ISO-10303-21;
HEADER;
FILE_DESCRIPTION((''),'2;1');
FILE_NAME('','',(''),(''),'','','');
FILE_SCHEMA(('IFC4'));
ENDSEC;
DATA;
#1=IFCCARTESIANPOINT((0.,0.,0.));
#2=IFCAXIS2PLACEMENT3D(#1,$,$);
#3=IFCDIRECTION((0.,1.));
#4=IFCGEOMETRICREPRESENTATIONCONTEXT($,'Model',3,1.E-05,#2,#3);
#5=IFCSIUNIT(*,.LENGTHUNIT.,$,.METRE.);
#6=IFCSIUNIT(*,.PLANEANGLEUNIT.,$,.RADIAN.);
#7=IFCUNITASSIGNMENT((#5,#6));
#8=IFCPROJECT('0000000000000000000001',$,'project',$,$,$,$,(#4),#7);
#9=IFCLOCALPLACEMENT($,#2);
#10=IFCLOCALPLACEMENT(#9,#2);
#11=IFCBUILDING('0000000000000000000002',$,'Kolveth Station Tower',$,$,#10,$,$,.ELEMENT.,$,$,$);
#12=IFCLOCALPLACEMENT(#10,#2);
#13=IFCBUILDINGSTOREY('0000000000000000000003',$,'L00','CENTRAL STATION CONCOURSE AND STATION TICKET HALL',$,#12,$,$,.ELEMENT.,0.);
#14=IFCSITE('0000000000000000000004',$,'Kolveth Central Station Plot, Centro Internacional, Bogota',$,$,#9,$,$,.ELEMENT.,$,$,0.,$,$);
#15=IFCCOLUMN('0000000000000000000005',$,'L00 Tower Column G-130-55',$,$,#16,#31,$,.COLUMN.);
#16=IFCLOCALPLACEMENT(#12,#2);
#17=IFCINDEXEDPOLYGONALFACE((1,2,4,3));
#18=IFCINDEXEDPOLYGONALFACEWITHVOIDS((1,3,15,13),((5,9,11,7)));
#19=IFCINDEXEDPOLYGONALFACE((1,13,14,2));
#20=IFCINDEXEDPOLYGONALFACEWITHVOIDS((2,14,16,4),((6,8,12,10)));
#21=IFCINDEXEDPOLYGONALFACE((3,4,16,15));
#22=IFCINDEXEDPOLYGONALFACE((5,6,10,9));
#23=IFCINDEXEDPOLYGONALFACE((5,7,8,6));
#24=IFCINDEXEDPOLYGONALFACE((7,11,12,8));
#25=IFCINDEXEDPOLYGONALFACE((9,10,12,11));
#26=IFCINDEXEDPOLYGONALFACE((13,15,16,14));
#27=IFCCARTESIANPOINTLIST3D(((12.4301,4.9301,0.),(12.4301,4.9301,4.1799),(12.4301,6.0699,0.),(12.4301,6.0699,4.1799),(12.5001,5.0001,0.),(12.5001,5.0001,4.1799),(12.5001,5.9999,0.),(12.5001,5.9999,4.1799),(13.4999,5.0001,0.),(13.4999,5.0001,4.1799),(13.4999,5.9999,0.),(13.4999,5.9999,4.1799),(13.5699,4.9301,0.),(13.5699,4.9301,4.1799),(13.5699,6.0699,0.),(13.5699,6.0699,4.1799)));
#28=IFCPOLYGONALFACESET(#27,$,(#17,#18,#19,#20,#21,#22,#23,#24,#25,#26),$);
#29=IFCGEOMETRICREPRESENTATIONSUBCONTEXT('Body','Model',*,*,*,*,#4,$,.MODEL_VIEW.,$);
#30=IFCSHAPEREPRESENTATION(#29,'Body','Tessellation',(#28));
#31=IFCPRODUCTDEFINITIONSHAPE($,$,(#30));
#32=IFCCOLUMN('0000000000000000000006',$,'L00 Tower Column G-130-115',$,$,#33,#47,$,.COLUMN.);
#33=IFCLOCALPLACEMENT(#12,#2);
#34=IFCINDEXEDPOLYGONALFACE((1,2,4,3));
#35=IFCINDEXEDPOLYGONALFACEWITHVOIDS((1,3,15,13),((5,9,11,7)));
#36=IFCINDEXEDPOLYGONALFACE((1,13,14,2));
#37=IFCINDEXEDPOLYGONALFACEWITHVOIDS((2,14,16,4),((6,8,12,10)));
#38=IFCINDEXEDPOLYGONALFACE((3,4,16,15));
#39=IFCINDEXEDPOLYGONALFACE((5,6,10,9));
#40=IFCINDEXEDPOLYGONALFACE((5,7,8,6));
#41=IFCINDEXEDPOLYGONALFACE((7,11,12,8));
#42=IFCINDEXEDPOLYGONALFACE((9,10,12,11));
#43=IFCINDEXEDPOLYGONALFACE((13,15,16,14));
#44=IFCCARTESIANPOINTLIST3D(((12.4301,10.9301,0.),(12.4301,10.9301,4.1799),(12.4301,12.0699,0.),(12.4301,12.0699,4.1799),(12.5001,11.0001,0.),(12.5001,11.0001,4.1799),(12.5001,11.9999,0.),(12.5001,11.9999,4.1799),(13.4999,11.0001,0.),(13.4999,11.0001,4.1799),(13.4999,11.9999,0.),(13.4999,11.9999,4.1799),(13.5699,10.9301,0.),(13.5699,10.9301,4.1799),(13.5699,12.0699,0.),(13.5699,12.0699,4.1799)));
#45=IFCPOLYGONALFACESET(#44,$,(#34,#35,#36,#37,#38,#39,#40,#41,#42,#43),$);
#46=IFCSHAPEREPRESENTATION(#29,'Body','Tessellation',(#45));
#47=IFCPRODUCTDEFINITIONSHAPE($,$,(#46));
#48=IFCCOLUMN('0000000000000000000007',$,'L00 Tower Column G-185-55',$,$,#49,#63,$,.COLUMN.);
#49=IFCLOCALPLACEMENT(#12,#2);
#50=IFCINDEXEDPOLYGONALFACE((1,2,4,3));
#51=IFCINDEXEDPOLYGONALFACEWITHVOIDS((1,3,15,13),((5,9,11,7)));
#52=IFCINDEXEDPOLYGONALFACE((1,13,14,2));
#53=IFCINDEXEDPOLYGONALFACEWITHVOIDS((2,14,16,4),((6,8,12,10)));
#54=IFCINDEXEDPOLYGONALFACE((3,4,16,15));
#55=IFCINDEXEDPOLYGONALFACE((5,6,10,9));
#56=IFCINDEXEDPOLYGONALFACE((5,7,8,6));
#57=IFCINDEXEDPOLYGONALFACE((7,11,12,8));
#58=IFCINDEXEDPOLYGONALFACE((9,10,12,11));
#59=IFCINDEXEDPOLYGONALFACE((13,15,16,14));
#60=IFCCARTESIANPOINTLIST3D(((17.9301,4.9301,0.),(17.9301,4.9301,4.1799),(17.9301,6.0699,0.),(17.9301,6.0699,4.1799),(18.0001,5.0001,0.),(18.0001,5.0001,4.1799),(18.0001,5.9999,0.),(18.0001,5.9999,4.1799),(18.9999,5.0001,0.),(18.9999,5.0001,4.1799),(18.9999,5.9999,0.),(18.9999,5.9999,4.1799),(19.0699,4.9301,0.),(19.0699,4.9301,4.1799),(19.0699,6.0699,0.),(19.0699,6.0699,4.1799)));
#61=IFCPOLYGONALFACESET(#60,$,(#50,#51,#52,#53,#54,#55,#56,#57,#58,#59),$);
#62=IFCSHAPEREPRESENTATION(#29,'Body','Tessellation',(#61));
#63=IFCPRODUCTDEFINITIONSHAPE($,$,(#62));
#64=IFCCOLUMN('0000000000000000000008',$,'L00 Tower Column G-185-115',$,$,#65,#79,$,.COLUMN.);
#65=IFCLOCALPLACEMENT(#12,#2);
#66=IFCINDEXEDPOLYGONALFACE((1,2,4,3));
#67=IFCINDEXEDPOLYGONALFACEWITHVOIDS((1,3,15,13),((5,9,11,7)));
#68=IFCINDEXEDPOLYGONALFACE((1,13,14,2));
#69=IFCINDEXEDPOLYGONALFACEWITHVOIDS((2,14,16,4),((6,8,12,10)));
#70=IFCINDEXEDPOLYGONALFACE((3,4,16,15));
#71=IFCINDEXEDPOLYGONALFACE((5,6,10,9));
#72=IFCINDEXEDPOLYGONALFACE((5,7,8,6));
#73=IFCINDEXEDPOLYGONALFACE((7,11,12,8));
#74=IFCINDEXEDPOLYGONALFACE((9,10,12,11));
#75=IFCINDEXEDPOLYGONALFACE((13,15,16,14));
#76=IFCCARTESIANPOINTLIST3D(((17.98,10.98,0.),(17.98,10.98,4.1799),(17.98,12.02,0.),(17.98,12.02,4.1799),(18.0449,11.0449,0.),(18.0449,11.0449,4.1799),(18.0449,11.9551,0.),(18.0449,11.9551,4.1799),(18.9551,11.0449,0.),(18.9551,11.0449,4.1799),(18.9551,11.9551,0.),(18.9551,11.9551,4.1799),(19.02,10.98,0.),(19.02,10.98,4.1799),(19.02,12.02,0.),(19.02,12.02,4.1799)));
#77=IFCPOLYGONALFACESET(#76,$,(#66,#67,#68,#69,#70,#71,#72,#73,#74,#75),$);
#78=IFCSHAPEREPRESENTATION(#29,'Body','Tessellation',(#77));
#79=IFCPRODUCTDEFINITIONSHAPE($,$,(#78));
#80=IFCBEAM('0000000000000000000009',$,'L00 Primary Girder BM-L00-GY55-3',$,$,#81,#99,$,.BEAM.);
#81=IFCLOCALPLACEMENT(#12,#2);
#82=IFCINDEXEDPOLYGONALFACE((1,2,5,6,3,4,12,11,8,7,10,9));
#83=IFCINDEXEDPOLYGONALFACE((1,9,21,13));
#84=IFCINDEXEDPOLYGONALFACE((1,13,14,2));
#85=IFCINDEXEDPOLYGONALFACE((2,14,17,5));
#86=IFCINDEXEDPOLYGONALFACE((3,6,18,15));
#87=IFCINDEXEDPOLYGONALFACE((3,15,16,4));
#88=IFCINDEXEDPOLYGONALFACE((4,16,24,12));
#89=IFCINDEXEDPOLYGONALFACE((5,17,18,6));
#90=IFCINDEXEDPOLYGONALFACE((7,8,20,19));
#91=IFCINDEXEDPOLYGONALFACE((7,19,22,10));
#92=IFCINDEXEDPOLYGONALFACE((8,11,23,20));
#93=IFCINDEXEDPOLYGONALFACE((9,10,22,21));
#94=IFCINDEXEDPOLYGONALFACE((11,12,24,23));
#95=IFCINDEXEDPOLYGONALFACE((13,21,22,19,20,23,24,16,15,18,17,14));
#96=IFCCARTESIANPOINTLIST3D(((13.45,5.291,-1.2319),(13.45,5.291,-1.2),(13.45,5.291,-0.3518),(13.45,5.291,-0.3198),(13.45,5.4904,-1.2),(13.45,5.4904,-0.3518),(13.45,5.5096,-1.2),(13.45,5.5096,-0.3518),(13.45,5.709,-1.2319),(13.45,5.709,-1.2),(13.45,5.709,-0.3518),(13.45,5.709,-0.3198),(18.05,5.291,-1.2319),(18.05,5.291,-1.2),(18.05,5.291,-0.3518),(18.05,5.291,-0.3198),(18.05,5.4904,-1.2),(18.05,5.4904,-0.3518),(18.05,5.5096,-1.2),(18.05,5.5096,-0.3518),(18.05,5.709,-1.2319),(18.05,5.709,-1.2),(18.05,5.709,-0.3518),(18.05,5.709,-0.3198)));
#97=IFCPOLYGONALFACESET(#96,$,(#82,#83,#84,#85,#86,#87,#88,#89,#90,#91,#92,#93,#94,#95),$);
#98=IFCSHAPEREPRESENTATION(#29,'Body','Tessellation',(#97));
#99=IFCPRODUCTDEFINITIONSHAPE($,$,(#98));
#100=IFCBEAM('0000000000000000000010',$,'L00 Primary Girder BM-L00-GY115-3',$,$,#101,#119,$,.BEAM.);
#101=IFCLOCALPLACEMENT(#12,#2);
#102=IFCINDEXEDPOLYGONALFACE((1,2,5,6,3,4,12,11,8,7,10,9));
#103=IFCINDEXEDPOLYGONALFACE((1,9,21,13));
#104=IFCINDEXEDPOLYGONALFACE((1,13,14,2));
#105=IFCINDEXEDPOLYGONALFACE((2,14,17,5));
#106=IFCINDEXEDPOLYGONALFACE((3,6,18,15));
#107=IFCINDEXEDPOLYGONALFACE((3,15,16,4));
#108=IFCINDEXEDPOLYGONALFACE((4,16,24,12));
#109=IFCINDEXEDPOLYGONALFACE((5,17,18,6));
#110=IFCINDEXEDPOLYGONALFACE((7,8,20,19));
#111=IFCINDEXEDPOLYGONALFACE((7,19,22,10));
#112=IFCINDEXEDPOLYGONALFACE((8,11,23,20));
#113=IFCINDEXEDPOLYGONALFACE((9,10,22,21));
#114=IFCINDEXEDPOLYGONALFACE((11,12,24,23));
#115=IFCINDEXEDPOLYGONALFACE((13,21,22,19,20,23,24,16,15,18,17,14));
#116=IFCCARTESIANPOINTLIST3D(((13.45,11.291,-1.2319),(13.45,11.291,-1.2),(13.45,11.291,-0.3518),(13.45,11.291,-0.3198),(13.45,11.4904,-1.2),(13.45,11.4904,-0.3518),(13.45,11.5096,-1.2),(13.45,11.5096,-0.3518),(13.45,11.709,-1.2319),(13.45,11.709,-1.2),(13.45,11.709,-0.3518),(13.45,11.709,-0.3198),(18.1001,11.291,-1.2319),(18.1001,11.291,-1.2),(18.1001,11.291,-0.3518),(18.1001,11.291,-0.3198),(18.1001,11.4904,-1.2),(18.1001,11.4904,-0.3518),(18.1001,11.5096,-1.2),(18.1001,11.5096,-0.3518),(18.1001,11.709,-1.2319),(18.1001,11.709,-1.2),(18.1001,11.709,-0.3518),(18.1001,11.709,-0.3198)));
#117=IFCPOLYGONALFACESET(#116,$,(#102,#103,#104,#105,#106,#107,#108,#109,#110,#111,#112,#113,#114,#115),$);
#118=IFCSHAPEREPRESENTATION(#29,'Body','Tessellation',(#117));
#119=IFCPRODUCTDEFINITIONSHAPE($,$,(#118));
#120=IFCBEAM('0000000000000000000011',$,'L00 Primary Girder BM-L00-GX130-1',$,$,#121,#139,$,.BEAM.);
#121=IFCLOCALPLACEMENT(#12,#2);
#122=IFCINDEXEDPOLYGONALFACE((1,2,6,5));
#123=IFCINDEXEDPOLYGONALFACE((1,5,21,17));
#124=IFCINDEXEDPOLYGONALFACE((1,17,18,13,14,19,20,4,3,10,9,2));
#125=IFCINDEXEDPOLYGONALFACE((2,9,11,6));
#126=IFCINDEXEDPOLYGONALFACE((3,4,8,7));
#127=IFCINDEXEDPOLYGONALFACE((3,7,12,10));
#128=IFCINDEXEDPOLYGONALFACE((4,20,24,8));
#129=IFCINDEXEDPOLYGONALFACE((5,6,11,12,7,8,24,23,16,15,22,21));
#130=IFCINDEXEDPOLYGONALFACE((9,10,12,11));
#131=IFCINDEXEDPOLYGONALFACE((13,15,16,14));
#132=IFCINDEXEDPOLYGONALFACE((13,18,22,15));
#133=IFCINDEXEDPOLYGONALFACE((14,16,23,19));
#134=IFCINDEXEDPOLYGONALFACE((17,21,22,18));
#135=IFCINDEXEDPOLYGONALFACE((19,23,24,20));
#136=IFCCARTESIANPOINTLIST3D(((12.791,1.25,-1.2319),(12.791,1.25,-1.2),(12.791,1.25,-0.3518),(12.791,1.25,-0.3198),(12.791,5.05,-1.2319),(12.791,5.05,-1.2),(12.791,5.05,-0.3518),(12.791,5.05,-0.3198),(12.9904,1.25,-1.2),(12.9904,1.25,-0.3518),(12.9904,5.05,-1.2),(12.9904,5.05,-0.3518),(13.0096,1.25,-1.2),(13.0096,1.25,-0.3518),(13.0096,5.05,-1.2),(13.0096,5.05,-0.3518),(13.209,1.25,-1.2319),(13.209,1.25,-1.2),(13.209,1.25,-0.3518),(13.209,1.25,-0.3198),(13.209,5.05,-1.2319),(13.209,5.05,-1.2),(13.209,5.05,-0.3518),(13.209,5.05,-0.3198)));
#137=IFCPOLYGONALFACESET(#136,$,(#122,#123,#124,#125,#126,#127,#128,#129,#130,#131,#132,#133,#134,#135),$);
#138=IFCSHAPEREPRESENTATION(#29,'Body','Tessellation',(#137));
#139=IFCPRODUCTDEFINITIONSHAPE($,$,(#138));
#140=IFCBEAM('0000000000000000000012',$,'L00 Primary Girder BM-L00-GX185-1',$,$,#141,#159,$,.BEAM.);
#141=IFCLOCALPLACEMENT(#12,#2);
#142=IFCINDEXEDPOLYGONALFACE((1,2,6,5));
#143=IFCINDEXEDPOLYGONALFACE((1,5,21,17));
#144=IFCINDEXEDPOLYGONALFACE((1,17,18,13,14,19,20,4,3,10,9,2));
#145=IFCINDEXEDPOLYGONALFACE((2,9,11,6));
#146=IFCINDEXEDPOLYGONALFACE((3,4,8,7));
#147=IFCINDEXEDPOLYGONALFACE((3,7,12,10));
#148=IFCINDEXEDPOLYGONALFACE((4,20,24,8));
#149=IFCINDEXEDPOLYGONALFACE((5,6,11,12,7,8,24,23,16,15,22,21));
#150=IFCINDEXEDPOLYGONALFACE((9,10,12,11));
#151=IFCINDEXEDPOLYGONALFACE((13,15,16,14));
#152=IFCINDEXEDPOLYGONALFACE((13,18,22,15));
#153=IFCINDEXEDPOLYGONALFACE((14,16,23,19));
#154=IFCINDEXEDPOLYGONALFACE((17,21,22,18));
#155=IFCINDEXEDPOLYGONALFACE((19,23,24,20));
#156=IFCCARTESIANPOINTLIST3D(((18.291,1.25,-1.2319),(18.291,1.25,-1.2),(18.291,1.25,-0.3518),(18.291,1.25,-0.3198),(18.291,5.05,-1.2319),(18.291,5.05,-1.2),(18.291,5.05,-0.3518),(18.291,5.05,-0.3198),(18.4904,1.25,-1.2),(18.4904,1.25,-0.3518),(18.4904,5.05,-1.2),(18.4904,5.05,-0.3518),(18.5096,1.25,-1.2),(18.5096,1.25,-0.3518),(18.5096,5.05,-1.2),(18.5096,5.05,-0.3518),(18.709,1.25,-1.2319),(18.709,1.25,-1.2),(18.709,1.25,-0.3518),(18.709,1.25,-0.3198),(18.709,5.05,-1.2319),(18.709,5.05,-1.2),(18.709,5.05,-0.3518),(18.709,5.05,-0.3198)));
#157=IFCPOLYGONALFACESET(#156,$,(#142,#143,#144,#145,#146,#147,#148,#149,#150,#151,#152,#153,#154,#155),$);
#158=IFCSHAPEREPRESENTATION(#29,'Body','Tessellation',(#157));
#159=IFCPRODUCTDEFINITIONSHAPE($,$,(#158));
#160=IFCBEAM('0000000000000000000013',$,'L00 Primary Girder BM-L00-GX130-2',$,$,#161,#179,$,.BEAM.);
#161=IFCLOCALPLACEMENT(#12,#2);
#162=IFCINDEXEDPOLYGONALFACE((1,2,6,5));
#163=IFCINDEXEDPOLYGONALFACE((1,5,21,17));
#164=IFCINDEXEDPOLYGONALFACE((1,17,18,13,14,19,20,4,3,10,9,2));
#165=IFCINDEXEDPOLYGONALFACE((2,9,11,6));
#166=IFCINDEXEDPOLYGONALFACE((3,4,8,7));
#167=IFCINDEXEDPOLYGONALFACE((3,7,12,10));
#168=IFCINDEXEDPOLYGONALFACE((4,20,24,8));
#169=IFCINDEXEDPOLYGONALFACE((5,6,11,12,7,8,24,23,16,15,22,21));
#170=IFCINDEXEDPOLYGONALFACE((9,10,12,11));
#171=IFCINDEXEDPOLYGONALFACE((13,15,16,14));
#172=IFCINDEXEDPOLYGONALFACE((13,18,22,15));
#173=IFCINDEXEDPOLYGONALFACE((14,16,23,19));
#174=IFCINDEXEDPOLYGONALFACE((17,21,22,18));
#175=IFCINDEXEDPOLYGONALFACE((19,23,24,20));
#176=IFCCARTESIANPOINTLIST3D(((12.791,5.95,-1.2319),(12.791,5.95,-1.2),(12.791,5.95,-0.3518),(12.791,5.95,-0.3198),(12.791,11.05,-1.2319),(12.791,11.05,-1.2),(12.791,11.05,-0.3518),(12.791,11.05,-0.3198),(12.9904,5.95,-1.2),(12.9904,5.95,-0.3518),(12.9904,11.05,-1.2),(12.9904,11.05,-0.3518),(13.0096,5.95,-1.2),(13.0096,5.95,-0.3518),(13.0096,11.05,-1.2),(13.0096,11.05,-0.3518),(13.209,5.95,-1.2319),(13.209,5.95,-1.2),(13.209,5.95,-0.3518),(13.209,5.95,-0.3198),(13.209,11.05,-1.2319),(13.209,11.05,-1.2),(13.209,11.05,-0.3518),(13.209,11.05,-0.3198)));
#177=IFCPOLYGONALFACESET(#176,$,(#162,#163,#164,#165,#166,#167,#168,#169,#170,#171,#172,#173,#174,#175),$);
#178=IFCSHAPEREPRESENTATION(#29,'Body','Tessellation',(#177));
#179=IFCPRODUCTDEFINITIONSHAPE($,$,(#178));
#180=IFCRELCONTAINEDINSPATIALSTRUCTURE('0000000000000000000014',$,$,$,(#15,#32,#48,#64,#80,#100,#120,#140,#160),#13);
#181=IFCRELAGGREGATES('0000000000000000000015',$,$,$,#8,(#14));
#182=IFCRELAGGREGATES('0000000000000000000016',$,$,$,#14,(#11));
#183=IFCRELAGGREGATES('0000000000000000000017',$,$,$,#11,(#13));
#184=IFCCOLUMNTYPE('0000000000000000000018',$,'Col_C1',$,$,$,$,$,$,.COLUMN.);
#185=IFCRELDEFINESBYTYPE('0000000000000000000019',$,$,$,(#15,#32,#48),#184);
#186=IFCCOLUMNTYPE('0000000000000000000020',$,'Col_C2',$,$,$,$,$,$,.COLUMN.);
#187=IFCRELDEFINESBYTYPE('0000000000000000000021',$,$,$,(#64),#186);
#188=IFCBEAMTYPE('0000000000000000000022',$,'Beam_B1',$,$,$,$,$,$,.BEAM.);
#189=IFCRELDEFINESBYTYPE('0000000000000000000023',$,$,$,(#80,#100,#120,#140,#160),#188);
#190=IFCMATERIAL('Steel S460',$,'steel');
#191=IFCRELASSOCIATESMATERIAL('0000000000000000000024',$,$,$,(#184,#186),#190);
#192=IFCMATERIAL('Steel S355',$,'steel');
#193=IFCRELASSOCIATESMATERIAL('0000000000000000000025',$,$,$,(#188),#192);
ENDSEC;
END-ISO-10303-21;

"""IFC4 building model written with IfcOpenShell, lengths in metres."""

from ifc_helpers import new_model, si_unit, direction, frame, origin, origin_2d, place, context, subcontext, project, spatial, hollow_rectangle, i_section, extrude, source, transform, mapped, material, material_profile, profile_set, type_object, element, save


model = new_model("IFC4")

# Units and contexts
model_context = context("Model", 3, precision=1e-05, world=origin(), true_north=direction((0.0, 1.0)))
body_context = subcontext(model_context, "Body", "Model", "MODEL_VIEW")
ifc_project = project(units=[si_unit("LENGTHUNIT", "METRE"), si_unit("PLANEANGLEUNIT", "RADIAN")], contexts=[model_context])

# Site, building, storey
site_placement = place(None, origin())
site = spatial("IfcSite", under=ifc_project, at=site_placement, Name="Kolveth Central Station Plot, Centro Internacional, Bogota", CompositionType="ELEMENT", RefElevation=0.0)
building_placement = place(site_placement, origin())
building = spatial("IfcBuilding", under=site, at=building_placement, Name="Kolveth Station Tower", CompositionType="ELEMENT")
storey_placement = place(building_placement, origin())
storey = spatial("IfcBuildingStorey", under=building, at=storey_placement, Name="L00", Description="CENTRAL STATION CONCOURSE AND STATION TICKET HALL", CompositionType="ELEMENT", Elevation=0.0)

# Columns
ifc_material_1 = material(Name="Steel S460", Category="steel")
ifc_material_profile_1 = material_profile(ifc_material_1, hollow_rectangle(XDim=1.1399, YDim=1.1399, WallThickness=0.0701, at=origin_2d()), Name="BOX1140x1140x70")
ifc_profile_set_1 = profile_set([ifc_material_profile_1], Name="Steel S460")
column_type_1 = type_object("IfcColumnType", Name="Col_C1", PredefinedType="COLUMN", material=ifc_profile_set_1)
shared_shape_1 = source(origin(), body_context, "Body", "SweptSolid", [
    extrude(hollow_rectangle(XDim=1.1399, YDim=1.1399, WallThickness=0.0701, at=origin_2d()), origin(), (0.0, 0.0, 1.0), 4.1799),
])
for number, where, z_axis, x_axis, name in (
    (1, (13.0, 5.5, 0.0), (0.0, 0.0, 1.0), (1.0, 0.0, 0.0), "L00 Tower Column G-130-55"),
    (2, (13.0, 11.5, 0.0), (0.0, 0.0, 1.0), (1.0, 0.0, 0.0), "L00 Tower Column G-130-115"),
    (3, (18.5, 5.5, 0.0), (0.0, 0.0, 1.0), (1.0, 0.0, 0.0), "L00 Tower Column G-185-55"),
):
    element("IfcColumn", number, at=place(storey_placement, frame(where, z_axis=z_axis, x_axis=x_axis)), inside=storey, type_object=column_type_1, Name=name, PredefinedType="COLUMN", context=body_context, shape_type="MappedRepresentation", body=[
        mapped(shared_shape_1, transform((0.0, 0.0, 0.0), x_axis=(1.0, 0.0, 0.0), y_axis=(0.0, 1.0, 0.0), z_axis=(0.0, 0.0, 1.0), scale=1.0)),
    ])
ifc_material_profile_2 = material_profile(ifc_material_1, hollow_rectangle(XDim=1.04, YDim=1.04, WallThickness=0.0649, at=origin_2d()), Name="BOX1040x1040x65")
ifc_profile_set_2 = profile_set([ifc_material_profile_2], Name="Steel S460")
column_type_2 = type_object("IfcColumnType", Name="Col_C2", PredefinedType="COLUMN", material=ifc_profile_set_2)
shared_shape_2 = source(origin(), body_context, "Body", "SweptSolid", [
    extrude(hollow_rectangle(XDim=1.04, YDim=1.04, WallThickness=0.0649, at=origin_2d()), origin(), (0.0, 0.0, 1.0), 4.1799),
])
column_placement = place(storey_placement, frame((18.5, 11.5, 0.0), z_axis=(0.0, 0.0, 1.0), x_axis=(1.0, 0.0, 0.0)))
element("IfcColumn", 4, at=column_placement, inside=storey, type_object=column_type_2, Name="L00 Tower Column G-185-115", PredefinedType="COLUMN", context=body_context, shape_type="MappedRepresentation", body=[
    mapped(shared_shape_2, transform((0.0, 0.0, 0.0), x_axis=(1.0, 0.0, 0.0), y_axis=(0.0, 1.0, 0.0), z_axis=(0.0, 0.0, 1.0), scale=1.0)),
])

# Beams
ifc_material_2 = material(Name="Steel S355", Category="steel")
ifc_material_profile_3 = material_profile(ifc_material_2, i_section(OverallWidth=0.418, OverallDepth=0.9121, WebThickness=0.0193, FlangeThickness=0.032, at=origin_2d()), Name="W920x342")
ifc_profile_set_3 = profile_set([ifc_material_profile_3], Name="Steel S355")
beam_type_1 = type_object("IfcBeamType", Name="Beam_B1", PredefinedType="BEAM", material=ifc_profile_set_3)
shared_shape_3 = source(origin(), body_context, "Body", "SweptSolid", [
    extrude(i_section(OverallWidth=0.418, OverallDepth=0.9121, WebThickness=0.0193, FlangeThickness=0.032, at=origin_2d()), origin(), (0.0, 0.0, 1.0), 4.6001),
])
beam_1_placement = place(storey_placement, frame((13.45, 5.5, -0.7759), z_axis=(1.0, 0.0, 0.0), x_axis=(0.0, 1.0, 0.0)))
element("IfcBeam", 5, at=beam_1_placement, inside=storey, type_object=beam_type_1, Name="L00 Primary Girder BM-L00-GY55-3", PredefinedType="BEAM", context=body_context, shape_type="MappedRepresentation", body=[
    mapped(shared_shape_3, transform((0.0, 0.0, 0.0), x_axis=(1.0, 0.0, 0.0), y_axis=(0.0, 1.0, 0.0), z_axis=(0.0, 0.0, 1.0), scale=1.0)),
])
shared_shape_4 = source(origin(), body_context, "Body", "SweptSolid", [
    extrude(i_section(OverallWidth=0.418, OverallDepth=0.9121, WebThickness=0.0193, FlangeThickness=0.032, at=origin_2d()), origin(), (0.0, 0.0, 1.0), 4.6501),
])
beam_2_placement = place(storey_placement, frame((13.45, 11.5, -0.7759), z_axis=(1.0, 0.0, 0.0), x_axis=(0.0, 1.0, 0.0)))
element("IfcBeam", 6, at=beam_2_placement, inside=storey, type_object=beam_type_1, Name="L00 Primary Girder BM-L00-GY115-3", PredefinedType="BEAM", context=body_context, shape_type="MappedRepresentation", body=[
    mapped(shared_shape_4, transform((0.0, 0.0, 0.0), x_axis=(1.0, 0.0, 0.0), y_axis=(0.0, 1.0, 0.0), z_axis=(0.0, 0.0, 1.0), scale=1.0)),
])
shared_shape_5 = source(origin(), body_context, "Body", "SweptSolid", [
    extrude(i_section(OverallWidth=0.418, OverallDepth=0.9121, WebThickness=0.0193, FlangeThickness=0.032, at=origin_2d()), origin(), (0.0, 0.0, 1.0), 3.8),
])
for number, where, z_axis, x_axis, name in (
    (7, (13.0, 1.25, -0.7759), (0.0, 1.0, 0.0), (-1.0, 0.0, 0.0), "L00 Primary Girder BM-L00-GX130-1"),
    (8, (18.5, 1.25, -0.7759), (0.0, 1.0, 0.0), (-1.0, 0.0, 0.0), "L00 Primary Girder BM-L00-GX185-1"),
):
    element("IfcBeam", number, at=place(storey_placement, frame(where, z_axis=z_axis, x_axis=x_axis)), inside=storey, type_object=beam_type_1, Name=name, PredefinedType="BEAM", context=body_context, shape_type="MappedRepresentation", body=[
        mapped(shared_shape_5, transform((0.0, 0.0, 0.0), x_axis=(1.0, 0.0, 0.0), y_axis=(0.0, 1.0, 0.0), z_axis=(0.0, 0.0, 1.0), scale=1.0)),
    ])
shared_shape_6 = source(origin(), body_context, "Body", "SweptSolid", [
    extrude(i_section(OverallWidth=0.418, OverallDepth=0.9121, WebThickness=0.0193, FlangeThickness=0.032, at=origin_2d()), origin(), (0.0, 0.0, 1.0), 5.1001),
])
beam_3_placement = place(storey_placement, frame((13.0, 5.95, -0.7759), z_axis=(0.0, 1.0, 0.0), x_axis=(-1.0, 0.0, 0.0)))
element("IfcBeam", 9, at=beam_3_placement, inside=storey, type_object=beam_type_1, Name="L00 Primary Girder BM-L00-GX130-2", PredefinedType="BEAM", context=body_context, shape_type="MappedRepresentation", body=[
    mapped(shared_shape_6, transform((0.0, 0.0, 0.0), x_axis=(1.0, 0.0, 0.0), y_axis=(0.0, 1.0, 0.0), z_axis=(0.0, 0.0, 1.0), scale=1.0)),
])

save(model, "model.ifc")
